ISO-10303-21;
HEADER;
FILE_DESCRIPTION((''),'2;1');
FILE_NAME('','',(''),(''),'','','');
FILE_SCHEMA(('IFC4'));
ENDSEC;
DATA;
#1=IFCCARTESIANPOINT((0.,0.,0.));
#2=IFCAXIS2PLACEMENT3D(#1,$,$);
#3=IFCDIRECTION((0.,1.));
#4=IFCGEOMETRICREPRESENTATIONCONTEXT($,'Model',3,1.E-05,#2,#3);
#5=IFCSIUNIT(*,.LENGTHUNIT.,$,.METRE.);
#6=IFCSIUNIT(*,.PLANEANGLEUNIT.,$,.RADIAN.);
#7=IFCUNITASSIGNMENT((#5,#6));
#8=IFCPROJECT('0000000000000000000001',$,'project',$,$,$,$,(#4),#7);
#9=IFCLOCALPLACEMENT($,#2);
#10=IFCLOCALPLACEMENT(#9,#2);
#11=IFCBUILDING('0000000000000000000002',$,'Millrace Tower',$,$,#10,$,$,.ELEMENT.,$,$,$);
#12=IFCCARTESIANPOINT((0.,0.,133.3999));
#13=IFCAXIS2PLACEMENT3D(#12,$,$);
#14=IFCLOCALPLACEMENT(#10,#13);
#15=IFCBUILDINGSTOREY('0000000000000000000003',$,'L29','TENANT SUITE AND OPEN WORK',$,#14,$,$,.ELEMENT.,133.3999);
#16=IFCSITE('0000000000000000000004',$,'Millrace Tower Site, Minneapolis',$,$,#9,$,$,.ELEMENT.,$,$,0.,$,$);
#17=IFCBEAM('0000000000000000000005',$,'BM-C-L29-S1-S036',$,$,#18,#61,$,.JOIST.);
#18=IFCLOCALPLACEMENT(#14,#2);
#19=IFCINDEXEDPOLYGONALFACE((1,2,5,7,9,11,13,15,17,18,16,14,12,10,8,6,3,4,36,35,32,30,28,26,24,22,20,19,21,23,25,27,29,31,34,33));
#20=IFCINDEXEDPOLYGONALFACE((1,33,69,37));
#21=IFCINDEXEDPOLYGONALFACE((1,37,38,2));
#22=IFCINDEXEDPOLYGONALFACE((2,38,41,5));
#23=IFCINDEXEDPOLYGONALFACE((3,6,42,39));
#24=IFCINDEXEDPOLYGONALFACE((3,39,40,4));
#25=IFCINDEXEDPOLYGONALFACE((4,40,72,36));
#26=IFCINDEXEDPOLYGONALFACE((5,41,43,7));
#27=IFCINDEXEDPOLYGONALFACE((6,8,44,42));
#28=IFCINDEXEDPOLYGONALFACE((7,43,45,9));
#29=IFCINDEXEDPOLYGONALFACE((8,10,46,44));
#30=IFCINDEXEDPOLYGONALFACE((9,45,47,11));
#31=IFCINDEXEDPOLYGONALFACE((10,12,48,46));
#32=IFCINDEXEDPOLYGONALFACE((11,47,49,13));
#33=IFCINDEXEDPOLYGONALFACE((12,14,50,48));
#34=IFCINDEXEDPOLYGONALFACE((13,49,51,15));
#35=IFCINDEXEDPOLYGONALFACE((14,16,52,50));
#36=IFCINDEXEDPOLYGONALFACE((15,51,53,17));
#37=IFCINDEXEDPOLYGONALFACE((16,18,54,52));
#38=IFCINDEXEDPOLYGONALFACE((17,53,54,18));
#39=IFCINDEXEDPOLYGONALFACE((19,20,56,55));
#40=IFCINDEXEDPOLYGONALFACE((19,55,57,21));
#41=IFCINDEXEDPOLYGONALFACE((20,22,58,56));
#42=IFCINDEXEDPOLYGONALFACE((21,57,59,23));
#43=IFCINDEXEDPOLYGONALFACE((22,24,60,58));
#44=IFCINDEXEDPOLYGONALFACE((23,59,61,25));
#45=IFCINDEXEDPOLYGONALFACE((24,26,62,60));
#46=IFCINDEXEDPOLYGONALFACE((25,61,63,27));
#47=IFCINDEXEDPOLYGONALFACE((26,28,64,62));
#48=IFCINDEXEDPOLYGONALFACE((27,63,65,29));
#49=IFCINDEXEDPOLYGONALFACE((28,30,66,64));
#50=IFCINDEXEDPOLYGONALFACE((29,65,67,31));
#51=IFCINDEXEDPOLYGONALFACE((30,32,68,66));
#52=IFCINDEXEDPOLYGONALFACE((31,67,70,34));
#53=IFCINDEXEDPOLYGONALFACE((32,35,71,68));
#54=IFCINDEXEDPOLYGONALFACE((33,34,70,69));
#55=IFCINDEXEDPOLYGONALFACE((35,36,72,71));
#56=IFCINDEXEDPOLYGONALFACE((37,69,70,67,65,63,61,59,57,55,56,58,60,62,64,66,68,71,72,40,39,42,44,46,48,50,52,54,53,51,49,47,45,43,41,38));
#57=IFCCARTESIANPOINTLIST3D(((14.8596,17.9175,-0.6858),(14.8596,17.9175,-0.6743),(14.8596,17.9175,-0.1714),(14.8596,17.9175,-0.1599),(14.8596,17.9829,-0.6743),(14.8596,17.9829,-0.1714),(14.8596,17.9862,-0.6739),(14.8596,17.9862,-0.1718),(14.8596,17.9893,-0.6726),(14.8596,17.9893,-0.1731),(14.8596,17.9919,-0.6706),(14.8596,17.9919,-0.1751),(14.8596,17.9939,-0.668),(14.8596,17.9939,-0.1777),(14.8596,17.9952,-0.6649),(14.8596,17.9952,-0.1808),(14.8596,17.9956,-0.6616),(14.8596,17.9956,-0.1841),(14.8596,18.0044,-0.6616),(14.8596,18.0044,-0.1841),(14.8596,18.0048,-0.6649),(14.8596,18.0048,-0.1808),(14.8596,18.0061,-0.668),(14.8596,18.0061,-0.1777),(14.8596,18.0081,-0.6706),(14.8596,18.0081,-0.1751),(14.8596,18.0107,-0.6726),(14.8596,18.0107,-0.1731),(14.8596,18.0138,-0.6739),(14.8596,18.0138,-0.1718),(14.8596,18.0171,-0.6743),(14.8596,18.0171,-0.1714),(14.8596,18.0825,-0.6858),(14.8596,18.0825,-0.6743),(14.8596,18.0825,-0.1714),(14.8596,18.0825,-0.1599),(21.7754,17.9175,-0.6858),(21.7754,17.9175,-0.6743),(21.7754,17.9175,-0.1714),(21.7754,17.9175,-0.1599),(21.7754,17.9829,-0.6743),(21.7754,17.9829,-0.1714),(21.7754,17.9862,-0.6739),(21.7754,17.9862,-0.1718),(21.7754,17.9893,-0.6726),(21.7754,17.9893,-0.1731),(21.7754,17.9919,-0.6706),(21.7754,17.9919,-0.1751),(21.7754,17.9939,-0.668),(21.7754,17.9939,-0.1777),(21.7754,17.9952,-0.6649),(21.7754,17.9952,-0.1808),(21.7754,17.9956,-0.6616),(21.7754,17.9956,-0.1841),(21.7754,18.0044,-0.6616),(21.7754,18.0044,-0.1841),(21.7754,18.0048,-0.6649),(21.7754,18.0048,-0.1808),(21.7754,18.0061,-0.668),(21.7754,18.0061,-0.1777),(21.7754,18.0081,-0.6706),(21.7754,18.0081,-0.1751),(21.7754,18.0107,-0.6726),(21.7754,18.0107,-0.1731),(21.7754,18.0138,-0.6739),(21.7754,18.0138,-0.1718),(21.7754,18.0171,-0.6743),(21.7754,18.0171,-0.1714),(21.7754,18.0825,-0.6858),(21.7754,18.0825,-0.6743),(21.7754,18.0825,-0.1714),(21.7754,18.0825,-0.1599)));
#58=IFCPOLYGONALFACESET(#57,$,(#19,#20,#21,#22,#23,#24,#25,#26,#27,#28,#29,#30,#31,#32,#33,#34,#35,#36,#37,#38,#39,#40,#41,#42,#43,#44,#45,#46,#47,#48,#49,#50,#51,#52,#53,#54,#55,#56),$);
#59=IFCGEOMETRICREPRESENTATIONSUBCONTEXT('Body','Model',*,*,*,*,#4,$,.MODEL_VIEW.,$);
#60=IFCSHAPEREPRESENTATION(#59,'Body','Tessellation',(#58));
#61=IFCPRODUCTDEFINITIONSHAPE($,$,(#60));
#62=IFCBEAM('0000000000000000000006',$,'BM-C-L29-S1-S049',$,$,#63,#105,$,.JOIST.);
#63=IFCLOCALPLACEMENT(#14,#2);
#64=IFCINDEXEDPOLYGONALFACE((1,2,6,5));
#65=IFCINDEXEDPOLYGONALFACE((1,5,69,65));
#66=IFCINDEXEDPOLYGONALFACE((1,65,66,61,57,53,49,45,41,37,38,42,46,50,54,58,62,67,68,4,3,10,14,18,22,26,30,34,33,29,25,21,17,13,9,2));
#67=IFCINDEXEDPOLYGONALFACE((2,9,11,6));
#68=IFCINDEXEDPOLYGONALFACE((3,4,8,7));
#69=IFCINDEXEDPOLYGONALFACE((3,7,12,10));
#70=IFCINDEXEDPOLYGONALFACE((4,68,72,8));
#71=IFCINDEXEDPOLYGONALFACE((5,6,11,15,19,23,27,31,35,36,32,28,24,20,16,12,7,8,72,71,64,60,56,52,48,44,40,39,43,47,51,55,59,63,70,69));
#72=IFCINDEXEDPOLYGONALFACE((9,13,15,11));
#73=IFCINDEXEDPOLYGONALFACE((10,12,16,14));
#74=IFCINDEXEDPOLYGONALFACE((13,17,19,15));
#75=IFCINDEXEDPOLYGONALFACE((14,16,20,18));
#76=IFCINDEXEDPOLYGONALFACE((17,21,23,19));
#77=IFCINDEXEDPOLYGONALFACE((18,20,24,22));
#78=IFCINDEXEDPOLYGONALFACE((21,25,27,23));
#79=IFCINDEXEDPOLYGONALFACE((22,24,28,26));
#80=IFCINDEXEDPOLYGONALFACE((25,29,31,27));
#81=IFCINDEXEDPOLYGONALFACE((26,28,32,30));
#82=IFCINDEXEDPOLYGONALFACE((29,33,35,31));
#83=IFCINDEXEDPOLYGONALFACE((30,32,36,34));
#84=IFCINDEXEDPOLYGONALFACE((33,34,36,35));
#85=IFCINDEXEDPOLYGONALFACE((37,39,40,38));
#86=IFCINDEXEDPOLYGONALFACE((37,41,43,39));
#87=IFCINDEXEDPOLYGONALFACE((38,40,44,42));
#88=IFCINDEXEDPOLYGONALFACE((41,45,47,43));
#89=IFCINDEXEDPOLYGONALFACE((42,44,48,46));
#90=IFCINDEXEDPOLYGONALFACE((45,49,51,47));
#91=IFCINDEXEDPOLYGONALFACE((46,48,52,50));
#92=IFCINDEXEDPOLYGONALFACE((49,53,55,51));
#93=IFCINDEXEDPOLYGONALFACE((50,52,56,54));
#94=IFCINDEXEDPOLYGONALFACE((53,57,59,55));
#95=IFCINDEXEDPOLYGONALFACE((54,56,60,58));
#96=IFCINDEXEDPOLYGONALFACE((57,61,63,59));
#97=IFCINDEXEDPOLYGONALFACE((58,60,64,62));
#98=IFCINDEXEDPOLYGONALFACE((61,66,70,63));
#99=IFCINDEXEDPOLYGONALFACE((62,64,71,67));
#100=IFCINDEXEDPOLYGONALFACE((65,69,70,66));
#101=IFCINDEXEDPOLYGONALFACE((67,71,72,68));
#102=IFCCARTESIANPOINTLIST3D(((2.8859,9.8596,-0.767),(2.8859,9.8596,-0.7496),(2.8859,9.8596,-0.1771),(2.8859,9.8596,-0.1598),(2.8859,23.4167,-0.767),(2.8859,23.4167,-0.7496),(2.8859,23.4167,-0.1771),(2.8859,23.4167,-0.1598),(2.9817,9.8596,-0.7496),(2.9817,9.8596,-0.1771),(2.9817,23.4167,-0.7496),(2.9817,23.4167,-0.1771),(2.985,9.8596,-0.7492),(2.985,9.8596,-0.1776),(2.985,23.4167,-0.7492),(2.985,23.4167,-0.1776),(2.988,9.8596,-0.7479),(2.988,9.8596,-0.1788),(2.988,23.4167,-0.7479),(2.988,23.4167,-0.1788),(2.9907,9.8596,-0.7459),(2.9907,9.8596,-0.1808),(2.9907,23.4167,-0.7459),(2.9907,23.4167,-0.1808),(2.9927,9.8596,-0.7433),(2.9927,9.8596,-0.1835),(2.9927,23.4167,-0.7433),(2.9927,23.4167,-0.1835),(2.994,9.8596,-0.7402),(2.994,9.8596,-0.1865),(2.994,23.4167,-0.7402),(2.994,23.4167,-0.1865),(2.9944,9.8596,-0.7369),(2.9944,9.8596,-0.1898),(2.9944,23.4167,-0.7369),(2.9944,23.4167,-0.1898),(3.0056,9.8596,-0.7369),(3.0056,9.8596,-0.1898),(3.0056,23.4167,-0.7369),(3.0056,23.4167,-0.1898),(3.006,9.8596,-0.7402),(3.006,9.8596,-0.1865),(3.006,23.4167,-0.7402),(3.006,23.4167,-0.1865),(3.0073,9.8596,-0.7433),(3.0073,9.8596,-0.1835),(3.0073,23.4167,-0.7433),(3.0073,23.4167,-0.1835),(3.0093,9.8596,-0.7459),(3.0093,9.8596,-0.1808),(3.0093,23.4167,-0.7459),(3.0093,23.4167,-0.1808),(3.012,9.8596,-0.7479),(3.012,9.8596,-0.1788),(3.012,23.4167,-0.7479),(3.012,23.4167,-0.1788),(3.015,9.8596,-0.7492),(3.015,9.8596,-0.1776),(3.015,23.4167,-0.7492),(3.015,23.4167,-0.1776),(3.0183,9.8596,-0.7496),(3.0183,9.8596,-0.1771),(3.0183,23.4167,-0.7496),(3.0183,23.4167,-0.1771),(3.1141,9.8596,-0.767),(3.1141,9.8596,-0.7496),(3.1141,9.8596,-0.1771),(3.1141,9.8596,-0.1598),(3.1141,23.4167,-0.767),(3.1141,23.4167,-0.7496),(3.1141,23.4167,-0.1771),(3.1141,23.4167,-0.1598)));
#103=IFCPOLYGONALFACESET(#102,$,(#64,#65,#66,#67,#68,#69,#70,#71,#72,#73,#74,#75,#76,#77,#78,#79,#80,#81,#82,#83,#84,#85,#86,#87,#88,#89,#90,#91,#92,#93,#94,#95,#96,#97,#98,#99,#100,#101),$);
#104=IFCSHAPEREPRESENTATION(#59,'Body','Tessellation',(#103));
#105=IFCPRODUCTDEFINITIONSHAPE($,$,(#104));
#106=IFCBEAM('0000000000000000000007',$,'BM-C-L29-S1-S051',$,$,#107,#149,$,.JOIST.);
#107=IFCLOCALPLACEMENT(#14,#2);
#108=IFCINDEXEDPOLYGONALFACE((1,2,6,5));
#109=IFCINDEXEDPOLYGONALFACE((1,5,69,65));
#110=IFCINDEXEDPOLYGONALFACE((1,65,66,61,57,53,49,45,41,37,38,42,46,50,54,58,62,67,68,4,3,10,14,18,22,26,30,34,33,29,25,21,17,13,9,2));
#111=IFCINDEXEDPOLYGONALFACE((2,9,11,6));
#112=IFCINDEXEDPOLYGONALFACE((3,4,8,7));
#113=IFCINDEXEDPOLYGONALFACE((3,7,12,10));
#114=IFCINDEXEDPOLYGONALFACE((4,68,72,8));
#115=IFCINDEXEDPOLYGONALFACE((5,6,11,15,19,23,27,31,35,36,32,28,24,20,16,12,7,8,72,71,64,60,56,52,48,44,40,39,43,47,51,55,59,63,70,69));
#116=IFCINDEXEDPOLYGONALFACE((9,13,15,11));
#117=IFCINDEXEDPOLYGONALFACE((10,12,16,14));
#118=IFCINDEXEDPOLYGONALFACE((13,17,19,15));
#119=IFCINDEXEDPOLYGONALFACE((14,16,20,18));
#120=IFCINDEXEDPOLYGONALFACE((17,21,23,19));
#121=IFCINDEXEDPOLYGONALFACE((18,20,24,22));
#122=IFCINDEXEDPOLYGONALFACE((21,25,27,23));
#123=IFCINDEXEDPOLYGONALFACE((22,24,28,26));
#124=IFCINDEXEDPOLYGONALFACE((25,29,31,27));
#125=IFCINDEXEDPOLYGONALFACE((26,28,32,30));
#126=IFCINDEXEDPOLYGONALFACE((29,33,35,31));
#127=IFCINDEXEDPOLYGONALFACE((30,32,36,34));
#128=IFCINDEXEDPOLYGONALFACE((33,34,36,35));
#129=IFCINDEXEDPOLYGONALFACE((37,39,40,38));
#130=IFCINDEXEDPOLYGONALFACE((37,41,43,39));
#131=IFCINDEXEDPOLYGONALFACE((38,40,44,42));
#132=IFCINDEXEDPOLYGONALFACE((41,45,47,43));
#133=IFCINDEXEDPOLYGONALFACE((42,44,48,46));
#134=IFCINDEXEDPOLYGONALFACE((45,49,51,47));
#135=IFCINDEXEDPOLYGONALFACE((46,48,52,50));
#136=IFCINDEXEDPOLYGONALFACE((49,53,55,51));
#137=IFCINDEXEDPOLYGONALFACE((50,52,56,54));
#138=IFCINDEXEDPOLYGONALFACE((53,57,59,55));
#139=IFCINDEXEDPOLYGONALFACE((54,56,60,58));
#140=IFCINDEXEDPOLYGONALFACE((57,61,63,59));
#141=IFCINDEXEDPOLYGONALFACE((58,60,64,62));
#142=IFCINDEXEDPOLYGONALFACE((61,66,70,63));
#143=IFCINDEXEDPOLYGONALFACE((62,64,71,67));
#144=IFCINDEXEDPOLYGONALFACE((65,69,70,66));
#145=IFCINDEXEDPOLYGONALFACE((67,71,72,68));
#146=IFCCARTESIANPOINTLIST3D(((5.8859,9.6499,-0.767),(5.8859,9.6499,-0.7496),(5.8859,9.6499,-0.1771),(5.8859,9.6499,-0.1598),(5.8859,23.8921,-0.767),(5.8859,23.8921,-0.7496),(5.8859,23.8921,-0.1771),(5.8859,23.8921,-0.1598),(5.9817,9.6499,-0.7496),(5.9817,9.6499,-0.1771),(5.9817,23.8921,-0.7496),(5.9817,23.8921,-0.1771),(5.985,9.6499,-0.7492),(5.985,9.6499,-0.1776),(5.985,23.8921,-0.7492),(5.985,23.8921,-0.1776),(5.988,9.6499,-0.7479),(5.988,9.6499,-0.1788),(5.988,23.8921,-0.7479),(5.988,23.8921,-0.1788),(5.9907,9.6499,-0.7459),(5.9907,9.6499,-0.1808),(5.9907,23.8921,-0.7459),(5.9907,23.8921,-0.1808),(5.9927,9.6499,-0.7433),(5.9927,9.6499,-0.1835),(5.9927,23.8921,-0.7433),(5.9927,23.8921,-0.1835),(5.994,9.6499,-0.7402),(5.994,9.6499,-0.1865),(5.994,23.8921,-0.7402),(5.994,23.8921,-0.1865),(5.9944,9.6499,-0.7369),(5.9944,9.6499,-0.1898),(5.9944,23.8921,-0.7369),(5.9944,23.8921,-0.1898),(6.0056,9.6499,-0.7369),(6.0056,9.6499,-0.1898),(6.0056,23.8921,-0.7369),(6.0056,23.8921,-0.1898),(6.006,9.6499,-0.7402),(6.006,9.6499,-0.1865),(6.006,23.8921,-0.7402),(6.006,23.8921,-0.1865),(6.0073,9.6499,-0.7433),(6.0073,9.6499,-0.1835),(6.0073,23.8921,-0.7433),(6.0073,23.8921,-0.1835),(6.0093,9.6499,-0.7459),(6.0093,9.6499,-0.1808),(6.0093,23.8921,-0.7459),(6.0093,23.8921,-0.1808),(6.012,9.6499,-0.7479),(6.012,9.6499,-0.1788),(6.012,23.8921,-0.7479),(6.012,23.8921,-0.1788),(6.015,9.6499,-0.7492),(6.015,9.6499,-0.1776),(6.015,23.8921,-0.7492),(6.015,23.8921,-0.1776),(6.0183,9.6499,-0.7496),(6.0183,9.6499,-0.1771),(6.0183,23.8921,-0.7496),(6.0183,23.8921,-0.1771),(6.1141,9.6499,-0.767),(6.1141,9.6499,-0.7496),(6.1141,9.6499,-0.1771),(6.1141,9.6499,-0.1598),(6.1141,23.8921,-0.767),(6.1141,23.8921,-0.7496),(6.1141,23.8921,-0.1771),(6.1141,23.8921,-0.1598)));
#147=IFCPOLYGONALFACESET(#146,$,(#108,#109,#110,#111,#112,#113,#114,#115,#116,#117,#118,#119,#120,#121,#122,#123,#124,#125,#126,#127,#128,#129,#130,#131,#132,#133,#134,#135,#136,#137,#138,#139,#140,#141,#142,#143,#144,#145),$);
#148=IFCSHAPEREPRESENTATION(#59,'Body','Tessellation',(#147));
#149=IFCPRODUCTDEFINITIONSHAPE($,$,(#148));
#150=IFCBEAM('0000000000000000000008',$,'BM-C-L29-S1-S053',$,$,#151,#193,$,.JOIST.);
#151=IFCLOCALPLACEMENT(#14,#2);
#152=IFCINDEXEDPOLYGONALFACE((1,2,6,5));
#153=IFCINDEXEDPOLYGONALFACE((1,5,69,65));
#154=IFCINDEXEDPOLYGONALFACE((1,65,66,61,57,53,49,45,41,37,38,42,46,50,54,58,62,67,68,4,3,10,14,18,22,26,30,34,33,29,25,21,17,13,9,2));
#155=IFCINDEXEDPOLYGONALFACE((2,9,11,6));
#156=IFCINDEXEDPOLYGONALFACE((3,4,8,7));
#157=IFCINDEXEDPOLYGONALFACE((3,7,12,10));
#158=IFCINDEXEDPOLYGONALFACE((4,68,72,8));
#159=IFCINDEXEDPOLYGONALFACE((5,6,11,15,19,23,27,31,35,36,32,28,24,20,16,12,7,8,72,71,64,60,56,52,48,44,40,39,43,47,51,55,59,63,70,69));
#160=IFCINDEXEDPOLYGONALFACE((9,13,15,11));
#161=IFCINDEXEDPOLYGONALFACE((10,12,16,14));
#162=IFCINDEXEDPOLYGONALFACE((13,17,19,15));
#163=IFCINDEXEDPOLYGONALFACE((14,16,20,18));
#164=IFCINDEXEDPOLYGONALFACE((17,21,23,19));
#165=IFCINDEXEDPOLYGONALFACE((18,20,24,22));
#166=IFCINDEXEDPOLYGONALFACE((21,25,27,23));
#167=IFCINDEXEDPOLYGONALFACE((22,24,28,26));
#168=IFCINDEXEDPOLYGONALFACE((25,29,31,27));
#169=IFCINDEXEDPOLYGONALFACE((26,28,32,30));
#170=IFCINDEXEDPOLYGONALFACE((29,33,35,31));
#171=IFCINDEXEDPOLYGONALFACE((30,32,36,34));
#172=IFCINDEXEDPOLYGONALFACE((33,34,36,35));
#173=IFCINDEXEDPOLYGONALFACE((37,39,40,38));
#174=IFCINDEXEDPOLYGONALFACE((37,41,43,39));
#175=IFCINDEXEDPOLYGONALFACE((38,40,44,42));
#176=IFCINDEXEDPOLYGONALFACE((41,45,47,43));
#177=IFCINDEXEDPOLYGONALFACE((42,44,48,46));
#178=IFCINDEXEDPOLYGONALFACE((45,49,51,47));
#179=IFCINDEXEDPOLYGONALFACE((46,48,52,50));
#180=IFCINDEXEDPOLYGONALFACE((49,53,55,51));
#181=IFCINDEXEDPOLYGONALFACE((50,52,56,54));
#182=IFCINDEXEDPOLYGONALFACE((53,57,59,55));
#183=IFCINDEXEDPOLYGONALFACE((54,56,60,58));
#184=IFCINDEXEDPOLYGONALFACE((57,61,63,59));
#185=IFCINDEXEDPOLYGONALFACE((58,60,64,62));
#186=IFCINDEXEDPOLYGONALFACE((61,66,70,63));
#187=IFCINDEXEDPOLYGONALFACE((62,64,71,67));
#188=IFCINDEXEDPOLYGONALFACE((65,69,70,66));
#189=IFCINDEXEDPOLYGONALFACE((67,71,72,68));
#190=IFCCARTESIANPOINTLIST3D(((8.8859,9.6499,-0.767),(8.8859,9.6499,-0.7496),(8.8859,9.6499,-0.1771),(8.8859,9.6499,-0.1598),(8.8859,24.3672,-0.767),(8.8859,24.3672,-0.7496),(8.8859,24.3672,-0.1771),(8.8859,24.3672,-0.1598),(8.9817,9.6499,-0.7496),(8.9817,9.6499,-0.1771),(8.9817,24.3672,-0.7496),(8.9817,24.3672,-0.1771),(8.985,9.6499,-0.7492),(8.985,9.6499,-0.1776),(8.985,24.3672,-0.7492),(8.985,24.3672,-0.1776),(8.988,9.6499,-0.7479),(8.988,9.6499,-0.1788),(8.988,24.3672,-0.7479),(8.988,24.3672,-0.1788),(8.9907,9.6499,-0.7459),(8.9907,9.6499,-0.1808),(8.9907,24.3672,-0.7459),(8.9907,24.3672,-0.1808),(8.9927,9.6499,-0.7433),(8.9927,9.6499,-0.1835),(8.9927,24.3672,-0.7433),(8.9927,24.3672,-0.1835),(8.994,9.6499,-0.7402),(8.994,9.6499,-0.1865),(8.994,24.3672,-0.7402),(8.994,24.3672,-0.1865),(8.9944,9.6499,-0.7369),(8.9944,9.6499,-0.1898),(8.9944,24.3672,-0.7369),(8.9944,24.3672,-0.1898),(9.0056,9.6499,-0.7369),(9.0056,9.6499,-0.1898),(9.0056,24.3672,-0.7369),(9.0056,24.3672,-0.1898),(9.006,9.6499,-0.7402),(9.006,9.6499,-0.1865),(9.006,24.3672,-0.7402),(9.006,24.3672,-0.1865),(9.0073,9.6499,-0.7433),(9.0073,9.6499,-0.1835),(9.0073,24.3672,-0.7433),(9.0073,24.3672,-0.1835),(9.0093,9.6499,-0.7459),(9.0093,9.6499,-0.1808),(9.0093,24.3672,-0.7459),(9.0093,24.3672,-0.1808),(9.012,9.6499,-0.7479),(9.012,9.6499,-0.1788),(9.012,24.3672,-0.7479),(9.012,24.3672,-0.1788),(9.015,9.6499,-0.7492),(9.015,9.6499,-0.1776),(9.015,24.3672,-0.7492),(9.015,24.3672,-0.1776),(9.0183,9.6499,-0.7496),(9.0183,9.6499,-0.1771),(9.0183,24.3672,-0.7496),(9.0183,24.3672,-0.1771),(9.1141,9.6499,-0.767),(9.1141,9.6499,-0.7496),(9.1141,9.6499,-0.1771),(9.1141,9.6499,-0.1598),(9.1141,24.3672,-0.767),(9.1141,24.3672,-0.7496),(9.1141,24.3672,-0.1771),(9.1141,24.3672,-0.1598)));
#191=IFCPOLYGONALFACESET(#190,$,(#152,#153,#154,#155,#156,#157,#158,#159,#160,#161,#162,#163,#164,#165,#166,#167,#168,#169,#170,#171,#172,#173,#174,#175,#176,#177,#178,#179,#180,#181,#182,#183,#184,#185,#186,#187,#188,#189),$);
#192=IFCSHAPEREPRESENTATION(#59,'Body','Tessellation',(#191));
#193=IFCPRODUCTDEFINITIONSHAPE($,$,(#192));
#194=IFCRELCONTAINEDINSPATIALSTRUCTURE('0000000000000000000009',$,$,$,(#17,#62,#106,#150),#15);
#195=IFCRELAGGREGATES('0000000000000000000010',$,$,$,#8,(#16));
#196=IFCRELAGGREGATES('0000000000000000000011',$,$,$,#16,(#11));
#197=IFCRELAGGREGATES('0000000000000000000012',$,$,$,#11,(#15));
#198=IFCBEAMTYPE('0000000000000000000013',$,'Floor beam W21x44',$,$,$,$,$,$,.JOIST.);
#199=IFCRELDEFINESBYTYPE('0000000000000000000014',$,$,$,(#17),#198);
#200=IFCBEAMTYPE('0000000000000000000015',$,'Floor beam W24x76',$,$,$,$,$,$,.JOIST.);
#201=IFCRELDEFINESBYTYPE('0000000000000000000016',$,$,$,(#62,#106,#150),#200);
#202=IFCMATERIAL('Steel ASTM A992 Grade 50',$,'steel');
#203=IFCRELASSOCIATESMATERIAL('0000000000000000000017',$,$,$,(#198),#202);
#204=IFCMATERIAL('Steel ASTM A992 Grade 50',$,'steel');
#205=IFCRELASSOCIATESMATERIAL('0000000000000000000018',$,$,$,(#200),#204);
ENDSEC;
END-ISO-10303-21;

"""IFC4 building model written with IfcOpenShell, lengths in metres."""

from ifc_helpers import new_model, si_unit, direction, frame, origin, origin_2d, place, context, subcontext, project, spatial, i_section, extrude, material, material_profile, profile_set, type_object, element, save


model = new_model("IFC4")

# Units and contexts
model_context = context("Model", 3, precision=1e-05, world=origin(), true_north=direction((0.0, 1.0)))
body_context = subcontext(model_context, "Body", "Model", "MODEL_VIEW")
ifc_project = project(units=[si_unit("LENGTHUNIT", "METRE"), si_unit("PLANEANGLEUNIT", "RADIAN")], contexts=[model_context])

# Site, building, storey
site_placement = place(None, origin())
site = spatial("IfcSite", under=ifc_project, at=site_placement, Name="Millrace Tower Site, Minneapolis", CompositionType="ELEMENT", RefElevation=0.0)
building_placement = place(site_placement, origin())
building = spatial("IfcBuilding", under=site, at=building_placement, Name="Millrace Tower", CompositionType="ELEMENT")
storey_placement = place(building_placement, frame((0.0, 0.0, 133.3999)))
storey = spatial("IfcBuildingStorey", under=building, at=storey_placement, Name="L29", Description="TENANT SUITE AND OPEN WORK", CompositionType="ELEMENT", Elevation=133.3999)

# Beams
ifc_material_1 = material(Name="Steel ASTM A992 Grade 50", Category="steel")
ifc_material_profile_1 = material_profile(ifc_material_1, i_section(OverallWidth=0.165, OverallDepth=0.5259, WebThickness=0.0088, FlangeThickness=0.0115, FilletRadius=0.0127, at=origin_2d()))
ifc_profile_set_1 = profile_set([ifc_material_profile_1], Name="Steel ASTM A992 Grade 50")
beam_type_1 = type_object("IfcBeamType", Name="Floor beam W21x44", PredefinedType="JOIST", material=ifc_profile_set_1)
beam_1_placement = place(storey_placement, frame((14.8596, 18.0, -0.4229), z_axis=(1.0, 0.0, 0.0), x_axis=(0.0, 1.0, 0.0)))
element("IfcBeam", 1, at=beam_1_placement, inside=storey, type_object=beam_type_1, Name="BM-C-L29-S1-S036", PredefinedType="JOIST", context=body_context, shape_type="SweptSolid", body=[
    extrude(i_section(OverallWidth=0.165, OverallDepth=0.5259, WebThickness=0.0088, FlangeThickness=0.0115, FilletRadius=0.0127, at=origin_2d()), origin(), (0.0, 0.0, 1.0), 6.9158),
])
ifc_material_2 = material(Name="Steel ASTM A992 Grade 50", Category="steel")
ifc_material_profile_2 = material_profile(ifc_material_2, i_section(OverallWidth=0.2283, OverallDepth=0.6072, WebThickness=0.0112, FlangeThickness=0.0173, FilletRadius=0.0127, at=origin_2d()))
ifc_profile_set_2 = profile_set([ifc_material_profile_2], Name="Steel ASTM A992 Grade 50")
beam_type_2 = type_object("IfcBeamType", Name="Floor beam W24x76", PredefinedType="JOIST", material=ifc_profile_set_2)
beam_2_placement = place(storey_placement, frame((3.0, 9.8596, -0.4634), z_axis=(0.0, 1.0, 0.0), x_axis=(-1.0, 0.0, 0.0)))
element("IfcBeam", 2, at=beam_2_placement, inside=storey, type_object=beam_type_2, Name="BM-C-L29-S1-S049", PredefinedType="JOIST", context=body_context, shape_type="SweptSolid", body=[
    extrude(i_section(OverallWidth=0.2283, OverallDepth=0.6072, WebThickness=0.0112, FlangeThickness=0.0173, FilletRadius=0.0127, at=origin_2d()), origin(), (0.0, 0.0, 1.0), 13.5571),
])
beam_3_placement = place(storey_placement, frame((6.0, 9.6499, -0.4634), z_axis=(0.0, 1.0, 0.0), x_axis=(-1.0, 0.0, 0.0)))
element("IfcBeam", 3, at=beam_3_placement, inside=storey, type_object=beam_type_2, Name="BM-C-L29-S1-S051", PredefinedType="JOIST", context=body_context, shape_type="SweptSolid", body=[
    extrude(i_section(OverallWidth=0.2283, OverallDepth=0.6072, WebThickness=0.0112, FlangeThickness=0.0173, FilletRadius=0.0127, at=origin_2d()), origin(), (0.0, 0.0, 1.0), 14.2422),
])
beam_4_placement = place(storey_placement, frame((9.0, 9.6499, -0.4634), z_axis=(0.0, 1.0, 0.0), x_axis=(-1.0, 0.0, 0.0)))
element("IfcBeam", 4, at=beam_4_placement, inside=storey, type_object=beam_type_2, Name="BM-C-L29-S1-S053", PredefinedType="JOIST", context=body_context, shape_type="SweptSolid", body=[
    extrude(i_section(OverallWidth=0.2283, OverallDepth=0.6072, WebThickness=0.0112, FlangeThickness=0.0173, FilletRadius=0.0127, at=origin_2d()), origin(), (0.0, 0.0, 1.0), 14.7173),
])

save(model, "model.ifc")
